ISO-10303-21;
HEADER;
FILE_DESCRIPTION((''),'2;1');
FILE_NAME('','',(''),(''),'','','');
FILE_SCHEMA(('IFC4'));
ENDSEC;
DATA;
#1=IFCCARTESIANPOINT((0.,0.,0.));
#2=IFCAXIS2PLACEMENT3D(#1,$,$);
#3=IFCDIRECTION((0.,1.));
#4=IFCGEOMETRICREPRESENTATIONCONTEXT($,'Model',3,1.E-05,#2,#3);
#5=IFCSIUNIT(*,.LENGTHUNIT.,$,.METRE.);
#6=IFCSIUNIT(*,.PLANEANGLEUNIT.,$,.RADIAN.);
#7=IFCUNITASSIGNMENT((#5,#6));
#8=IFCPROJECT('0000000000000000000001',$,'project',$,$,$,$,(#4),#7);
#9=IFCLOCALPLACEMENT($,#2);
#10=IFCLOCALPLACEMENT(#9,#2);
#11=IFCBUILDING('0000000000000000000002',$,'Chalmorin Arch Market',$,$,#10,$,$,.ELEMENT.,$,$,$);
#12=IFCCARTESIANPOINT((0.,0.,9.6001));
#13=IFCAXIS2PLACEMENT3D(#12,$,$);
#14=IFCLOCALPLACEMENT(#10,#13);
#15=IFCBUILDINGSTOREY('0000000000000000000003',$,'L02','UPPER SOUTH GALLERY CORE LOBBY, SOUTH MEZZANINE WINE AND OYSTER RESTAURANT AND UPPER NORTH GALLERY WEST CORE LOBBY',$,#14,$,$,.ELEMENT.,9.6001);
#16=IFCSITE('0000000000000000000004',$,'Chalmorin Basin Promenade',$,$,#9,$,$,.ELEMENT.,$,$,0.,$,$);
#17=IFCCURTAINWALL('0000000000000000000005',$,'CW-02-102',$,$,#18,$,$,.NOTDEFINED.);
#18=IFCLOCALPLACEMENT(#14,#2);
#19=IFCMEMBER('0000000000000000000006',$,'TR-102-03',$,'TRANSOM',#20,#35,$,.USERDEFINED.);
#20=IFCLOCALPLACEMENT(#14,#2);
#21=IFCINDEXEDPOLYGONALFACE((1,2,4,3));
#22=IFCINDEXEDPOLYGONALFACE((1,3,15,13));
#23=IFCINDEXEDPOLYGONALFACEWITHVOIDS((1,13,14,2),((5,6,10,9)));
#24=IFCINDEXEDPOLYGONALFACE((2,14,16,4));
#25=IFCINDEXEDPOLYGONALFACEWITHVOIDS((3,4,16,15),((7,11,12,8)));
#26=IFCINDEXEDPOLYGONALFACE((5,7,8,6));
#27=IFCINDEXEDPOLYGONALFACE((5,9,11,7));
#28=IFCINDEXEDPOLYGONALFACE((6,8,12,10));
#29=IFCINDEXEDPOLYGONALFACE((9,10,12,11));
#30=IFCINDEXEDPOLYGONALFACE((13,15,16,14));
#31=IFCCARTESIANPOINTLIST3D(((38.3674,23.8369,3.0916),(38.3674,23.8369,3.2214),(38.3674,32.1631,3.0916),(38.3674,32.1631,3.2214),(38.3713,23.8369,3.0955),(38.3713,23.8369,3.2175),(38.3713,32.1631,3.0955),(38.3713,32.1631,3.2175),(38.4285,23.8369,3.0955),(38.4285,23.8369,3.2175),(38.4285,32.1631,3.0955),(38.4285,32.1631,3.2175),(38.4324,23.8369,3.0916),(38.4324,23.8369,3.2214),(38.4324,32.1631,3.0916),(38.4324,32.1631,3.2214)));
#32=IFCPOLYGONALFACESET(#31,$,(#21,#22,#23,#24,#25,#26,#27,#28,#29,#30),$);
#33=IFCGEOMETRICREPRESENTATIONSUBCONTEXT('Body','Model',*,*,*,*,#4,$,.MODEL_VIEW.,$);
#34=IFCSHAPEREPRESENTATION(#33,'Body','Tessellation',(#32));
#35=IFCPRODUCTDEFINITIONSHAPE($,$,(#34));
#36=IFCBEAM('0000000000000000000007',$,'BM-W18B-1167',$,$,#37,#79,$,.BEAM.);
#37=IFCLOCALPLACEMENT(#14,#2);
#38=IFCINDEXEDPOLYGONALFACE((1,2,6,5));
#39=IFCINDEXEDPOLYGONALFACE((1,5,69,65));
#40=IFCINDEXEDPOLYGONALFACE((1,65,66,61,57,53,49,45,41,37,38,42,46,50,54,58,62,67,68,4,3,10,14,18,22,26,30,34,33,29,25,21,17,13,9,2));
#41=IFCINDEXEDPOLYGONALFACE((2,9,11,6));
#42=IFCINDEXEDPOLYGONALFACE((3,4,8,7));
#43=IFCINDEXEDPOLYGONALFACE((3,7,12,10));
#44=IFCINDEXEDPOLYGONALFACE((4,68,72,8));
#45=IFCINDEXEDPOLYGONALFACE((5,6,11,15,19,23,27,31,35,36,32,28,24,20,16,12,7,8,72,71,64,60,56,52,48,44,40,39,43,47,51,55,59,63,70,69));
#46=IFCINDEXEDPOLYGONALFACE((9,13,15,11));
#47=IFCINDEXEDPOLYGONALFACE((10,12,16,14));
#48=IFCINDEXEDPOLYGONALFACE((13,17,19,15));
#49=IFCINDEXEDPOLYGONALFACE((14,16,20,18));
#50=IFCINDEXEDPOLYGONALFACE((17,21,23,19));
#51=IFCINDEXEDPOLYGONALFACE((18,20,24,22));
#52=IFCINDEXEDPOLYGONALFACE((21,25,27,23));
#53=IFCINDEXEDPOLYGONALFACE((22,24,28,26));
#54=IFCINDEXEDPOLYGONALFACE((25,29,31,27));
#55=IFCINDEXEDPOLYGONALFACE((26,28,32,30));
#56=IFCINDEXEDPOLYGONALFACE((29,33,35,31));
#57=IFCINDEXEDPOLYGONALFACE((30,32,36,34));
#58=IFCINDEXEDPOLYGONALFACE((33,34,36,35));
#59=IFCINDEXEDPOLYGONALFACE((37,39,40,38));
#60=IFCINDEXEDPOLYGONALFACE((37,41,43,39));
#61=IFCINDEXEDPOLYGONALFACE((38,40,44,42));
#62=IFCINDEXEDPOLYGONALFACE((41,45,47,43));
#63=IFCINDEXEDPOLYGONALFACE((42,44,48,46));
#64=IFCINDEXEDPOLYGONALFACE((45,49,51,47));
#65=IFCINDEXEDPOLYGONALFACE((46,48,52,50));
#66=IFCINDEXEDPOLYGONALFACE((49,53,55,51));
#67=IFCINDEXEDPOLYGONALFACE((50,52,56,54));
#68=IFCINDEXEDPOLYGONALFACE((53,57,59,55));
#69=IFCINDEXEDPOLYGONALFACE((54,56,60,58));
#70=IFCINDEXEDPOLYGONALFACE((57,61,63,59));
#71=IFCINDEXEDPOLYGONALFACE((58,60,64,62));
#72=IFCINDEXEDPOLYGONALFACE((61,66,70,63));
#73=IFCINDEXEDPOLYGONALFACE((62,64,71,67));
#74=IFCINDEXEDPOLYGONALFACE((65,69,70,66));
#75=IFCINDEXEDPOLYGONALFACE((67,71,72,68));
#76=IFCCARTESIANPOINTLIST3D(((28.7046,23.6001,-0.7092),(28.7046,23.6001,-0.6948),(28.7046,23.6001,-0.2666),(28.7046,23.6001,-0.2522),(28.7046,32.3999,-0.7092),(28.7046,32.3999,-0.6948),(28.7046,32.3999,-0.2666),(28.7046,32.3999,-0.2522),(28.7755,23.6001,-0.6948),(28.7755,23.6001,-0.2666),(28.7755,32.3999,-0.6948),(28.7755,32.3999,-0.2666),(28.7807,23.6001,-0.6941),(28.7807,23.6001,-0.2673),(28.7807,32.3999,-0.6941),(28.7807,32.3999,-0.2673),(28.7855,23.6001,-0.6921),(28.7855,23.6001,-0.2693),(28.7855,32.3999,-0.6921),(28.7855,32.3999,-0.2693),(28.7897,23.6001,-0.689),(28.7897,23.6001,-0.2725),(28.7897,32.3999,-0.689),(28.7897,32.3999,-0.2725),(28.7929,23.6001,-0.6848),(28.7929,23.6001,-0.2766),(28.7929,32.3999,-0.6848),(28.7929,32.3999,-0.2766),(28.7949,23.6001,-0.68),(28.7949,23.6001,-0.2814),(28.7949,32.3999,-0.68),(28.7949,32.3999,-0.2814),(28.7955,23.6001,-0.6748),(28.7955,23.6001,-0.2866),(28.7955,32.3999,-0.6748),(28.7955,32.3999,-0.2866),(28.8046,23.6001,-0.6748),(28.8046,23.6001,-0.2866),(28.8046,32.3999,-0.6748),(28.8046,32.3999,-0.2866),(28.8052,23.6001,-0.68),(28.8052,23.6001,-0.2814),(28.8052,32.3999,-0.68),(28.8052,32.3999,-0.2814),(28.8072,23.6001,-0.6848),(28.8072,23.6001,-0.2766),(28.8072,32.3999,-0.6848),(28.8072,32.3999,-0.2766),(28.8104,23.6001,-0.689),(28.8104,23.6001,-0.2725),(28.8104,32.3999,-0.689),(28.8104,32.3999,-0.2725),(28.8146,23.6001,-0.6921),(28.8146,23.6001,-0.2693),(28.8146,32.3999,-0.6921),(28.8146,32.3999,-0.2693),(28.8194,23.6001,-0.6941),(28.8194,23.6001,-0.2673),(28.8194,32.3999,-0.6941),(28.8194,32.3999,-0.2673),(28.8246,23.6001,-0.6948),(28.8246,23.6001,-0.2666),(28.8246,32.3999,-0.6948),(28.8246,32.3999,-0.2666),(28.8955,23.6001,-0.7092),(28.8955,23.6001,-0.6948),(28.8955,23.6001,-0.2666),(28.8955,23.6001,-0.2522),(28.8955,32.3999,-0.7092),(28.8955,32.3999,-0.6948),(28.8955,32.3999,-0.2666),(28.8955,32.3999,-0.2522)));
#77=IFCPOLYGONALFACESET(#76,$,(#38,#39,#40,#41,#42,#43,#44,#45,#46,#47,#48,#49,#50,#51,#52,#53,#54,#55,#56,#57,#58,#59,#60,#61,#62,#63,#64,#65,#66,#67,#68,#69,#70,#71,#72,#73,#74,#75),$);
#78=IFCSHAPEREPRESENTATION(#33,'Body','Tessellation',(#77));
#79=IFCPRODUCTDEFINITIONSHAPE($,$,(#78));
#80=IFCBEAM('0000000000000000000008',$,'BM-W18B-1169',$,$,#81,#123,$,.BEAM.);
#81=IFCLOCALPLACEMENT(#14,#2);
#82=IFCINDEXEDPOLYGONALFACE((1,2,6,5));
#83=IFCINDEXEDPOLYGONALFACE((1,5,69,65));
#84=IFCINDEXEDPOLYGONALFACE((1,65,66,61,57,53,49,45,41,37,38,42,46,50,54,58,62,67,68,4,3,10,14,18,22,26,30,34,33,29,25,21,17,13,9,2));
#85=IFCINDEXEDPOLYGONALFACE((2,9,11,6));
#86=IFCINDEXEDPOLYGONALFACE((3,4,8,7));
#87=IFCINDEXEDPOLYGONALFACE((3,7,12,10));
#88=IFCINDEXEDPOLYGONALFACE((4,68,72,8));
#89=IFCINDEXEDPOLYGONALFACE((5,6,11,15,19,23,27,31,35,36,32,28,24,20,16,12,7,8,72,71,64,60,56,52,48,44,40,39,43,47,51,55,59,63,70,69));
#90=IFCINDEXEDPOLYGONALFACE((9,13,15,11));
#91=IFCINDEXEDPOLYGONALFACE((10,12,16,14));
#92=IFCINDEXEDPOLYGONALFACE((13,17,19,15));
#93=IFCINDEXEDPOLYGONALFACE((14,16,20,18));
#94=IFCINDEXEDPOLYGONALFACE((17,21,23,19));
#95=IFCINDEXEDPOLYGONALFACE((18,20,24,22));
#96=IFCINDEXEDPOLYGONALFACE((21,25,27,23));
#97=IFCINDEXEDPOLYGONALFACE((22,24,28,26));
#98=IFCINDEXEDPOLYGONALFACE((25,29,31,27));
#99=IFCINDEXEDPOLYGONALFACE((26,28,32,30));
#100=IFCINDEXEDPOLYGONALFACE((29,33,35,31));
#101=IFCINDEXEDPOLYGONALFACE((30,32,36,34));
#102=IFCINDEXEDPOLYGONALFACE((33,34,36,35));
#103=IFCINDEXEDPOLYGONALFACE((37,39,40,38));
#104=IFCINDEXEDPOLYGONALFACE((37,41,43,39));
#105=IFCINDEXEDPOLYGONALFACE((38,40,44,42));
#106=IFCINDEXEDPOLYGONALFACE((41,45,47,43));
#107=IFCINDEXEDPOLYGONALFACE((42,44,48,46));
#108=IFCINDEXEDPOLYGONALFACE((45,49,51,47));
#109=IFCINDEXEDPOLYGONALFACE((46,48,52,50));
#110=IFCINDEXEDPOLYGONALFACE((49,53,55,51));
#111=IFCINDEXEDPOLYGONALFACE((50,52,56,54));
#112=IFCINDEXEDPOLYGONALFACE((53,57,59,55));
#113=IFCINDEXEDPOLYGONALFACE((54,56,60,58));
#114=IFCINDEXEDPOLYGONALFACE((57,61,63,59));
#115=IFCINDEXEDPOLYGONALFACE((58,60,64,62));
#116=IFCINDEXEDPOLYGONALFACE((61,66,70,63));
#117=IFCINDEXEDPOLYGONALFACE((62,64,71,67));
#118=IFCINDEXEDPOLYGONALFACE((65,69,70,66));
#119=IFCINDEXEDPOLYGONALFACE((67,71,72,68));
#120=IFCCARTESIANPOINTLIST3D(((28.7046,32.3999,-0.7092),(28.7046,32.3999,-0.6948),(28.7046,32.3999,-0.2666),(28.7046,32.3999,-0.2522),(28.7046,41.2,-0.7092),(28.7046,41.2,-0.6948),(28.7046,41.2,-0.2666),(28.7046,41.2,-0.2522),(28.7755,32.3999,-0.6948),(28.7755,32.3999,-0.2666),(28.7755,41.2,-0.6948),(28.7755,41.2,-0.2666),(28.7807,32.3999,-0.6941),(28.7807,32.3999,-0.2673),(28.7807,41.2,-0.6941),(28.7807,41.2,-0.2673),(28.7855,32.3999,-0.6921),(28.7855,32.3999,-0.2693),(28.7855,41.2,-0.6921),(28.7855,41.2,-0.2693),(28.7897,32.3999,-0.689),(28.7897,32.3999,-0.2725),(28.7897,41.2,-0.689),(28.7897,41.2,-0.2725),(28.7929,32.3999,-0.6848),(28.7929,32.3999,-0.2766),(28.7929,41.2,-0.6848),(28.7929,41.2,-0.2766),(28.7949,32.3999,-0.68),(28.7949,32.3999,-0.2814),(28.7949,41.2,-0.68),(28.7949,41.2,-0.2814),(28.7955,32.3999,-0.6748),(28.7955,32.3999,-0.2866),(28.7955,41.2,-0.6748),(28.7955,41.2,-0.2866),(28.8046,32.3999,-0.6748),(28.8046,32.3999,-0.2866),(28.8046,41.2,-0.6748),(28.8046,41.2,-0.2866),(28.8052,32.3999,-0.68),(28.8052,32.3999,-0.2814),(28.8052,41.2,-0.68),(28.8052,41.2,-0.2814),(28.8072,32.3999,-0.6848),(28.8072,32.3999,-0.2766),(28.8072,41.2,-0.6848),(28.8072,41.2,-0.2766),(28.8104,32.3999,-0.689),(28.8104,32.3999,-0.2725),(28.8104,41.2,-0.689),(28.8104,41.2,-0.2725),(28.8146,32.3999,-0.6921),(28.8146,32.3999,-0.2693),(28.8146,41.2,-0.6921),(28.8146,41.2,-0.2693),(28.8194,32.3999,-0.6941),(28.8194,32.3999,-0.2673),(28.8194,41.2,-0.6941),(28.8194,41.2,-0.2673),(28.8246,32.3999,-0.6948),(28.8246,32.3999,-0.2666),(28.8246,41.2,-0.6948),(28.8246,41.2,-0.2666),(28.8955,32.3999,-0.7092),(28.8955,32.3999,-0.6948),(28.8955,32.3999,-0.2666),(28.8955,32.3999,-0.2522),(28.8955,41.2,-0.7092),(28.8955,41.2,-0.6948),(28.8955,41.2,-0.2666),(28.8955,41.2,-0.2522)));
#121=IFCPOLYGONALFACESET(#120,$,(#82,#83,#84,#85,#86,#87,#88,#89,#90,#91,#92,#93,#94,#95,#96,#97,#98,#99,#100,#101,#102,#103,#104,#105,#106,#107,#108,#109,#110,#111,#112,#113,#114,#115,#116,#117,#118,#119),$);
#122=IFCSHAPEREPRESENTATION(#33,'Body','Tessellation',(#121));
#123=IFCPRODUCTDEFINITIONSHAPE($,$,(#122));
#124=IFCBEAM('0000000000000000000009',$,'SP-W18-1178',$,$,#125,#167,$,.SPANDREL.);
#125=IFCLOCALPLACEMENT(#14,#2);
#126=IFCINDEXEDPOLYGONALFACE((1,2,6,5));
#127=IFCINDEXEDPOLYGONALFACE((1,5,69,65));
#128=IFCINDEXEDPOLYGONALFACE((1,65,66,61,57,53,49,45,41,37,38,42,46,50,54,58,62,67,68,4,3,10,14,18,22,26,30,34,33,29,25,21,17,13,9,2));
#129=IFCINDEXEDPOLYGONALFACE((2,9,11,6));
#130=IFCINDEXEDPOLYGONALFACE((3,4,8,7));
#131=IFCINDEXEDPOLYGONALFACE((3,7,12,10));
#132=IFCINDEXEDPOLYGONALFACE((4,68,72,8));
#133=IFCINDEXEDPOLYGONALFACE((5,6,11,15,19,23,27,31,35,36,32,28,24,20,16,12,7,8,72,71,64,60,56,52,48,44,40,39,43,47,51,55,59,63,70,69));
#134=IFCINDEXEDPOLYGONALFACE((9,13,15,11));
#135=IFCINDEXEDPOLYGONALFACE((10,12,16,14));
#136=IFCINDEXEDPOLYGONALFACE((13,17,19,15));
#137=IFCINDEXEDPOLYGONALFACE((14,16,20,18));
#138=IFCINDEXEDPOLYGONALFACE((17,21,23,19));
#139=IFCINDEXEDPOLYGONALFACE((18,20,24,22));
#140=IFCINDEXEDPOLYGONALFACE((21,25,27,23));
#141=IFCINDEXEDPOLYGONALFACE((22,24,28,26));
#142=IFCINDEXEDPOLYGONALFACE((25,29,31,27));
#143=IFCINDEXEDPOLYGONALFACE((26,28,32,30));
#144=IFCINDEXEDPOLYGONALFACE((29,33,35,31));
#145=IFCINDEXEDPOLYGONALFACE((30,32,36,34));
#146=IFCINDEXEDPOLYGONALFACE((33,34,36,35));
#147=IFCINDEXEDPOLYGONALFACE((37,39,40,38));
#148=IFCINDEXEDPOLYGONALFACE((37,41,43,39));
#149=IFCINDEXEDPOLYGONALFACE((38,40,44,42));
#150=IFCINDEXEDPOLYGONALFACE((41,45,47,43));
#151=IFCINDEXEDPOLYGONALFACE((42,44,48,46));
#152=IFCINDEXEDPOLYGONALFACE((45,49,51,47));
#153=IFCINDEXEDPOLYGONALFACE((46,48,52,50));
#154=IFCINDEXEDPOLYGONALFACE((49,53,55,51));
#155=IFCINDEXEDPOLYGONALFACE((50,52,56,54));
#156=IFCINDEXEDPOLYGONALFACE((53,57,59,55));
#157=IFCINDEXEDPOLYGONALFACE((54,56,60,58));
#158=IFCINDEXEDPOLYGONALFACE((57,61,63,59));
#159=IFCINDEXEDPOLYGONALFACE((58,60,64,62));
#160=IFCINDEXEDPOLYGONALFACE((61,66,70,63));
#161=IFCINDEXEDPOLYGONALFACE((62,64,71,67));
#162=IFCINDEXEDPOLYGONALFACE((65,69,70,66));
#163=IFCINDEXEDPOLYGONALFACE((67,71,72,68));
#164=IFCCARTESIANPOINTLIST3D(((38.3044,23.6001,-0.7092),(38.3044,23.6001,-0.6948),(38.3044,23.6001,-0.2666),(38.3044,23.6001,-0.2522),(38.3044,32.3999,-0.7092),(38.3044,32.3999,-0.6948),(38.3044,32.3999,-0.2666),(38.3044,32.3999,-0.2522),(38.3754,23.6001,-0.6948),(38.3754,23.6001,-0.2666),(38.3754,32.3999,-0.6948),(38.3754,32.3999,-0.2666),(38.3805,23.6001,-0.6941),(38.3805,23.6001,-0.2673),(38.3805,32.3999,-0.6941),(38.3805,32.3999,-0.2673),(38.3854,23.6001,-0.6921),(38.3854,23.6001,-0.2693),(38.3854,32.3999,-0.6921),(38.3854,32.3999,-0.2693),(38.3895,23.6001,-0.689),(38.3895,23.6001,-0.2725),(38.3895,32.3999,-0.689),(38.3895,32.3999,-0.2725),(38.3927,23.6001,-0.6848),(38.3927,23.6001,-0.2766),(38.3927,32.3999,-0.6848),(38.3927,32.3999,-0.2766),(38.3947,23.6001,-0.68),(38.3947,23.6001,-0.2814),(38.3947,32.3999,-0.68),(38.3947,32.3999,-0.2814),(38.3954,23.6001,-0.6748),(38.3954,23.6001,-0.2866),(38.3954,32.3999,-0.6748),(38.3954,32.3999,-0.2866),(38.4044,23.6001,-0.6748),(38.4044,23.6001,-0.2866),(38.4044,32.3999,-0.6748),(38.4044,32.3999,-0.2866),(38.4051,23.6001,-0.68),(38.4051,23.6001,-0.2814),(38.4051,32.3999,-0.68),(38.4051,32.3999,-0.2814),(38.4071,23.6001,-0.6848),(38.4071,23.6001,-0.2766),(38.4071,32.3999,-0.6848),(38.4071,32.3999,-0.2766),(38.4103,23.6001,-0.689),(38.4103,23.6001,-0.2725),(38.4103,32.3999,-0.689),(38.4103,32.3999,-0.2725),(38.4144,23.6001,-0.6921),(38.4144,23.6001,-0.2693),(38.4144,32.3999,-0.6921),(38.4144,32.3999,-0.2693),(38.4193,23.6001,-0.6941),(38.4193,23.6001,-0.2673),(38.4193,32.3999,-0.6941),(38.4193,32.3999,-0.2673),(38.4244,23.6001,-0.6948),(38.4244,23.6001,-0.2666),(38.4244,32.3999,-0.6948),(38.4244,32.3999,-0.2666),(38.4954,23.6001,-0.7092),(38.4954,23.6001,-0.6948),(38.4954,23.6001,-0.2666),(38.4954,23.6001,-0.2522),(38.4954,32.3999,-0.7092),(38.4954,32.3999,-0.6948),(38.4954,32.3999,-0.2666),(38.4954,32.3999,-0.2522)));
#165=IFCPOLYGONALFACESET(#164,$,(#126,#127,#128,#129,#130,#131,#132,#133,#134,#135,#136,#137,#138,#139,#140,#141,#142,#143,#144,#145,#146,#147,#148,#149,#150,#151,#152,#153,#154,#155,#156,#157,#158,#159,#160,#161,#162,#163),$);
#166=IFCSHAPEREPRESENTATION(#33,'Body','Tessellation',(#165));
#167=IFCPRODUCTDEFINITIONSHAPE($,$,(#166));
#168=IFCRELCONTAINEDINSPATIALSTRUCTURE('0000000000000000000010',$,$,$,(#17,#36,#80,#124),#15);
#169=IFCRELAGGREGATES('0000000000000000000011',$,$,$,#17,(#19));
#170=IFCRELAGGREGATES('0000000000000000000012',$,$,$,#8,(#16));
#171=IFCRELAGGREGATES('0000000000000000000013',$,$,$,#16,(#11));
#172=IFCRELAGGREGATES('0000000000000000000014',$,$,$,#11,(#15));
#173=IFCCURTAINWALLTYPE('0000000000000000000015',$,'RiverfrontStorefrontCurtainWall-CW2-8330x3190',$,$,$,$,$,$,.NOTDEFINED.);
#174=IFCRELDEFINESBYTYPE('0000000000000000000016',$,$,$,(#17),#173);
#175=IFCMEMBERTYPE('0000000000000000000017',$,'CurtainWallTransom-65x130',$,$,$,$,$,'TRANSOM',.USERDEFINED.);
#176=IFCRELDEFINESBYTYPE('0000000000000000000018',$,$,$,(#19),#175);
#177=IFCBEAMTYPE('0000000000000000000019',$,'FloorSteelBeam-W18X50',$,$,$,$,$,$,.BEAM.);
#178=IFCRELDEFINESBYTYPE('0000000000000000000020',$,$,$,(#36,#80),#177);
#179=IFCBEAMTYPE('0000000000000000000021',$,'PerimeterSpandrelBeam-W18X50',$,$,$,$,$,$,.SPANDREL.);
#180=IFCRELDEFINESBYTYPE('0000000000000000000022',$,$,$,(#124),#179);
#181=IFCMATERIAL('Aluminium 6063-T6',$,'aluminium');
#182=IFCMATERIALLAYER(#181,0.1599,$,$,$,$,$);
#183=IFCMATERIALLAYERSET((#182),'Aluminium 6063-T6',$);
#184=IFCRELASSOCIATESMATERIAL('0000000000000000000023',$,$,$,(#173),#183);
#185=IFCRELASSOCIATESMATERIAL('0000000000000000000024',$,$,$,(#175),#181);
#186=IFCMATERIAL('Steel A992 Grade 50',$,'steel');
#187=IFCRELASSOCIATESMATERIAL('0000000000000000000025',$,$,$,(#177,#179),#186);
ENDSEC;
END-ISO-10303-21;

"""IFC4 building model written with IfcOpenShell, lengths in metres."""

from ifc_helpers import new_model, si_unit, direction, frame, origin, origin_2d, place, context, subcontext, project, spatial, hollow_rectangle, i_section, extrude, material, layer, layer_set, material_profile, profile_set, type_object, element, aggregate, save


model = new_model("IFC4")

# Units and contexts
model_context = context("Model", 3, precision=1e-05, world=origin(), true_north=direction((0.0, 1.0)))
body_context = subcontext(model_context, "Body", "Model", "MODEL_VIEW")
ifc_project = project(units=[si_unit("LENGTHUNIT", "METRE"), si_unit("PLANEANGLEUNIT", "RADIAN")], contexts=[model_context])

# Site, building, storey
site_placement = place(None, origin())
site = spatial("IfcSite", under=ifc_project, at=site_placement, Name="Chalmorin Basin Promenade", CompositionType="ELEMENT", RefElevation=0.0)
building_placement = place(site_placement, origin())
building = spatial("IfcBuilding", under=site, at=building_placement, Name="Chalmorin Arch Market", CompositionType="ELEMENT")
storey_placement = place(building_placement, frame((0.0, 0.0, 9.6001)))
storey = spatial("IfcBuildingStorey", under=building, at=storey_placement, Name="L02", Description="UPPER SOUTH GALLERY CORE LOBBY, SOUTH MEZZANINE WINE AND OYSTER RESTAURANT AND UPPER NORTH GALLERY WEST CORE LOBBY", CompositionType="ELEMENT", Elevation=9.6001)

# Shared definitions
ifc_material_1 = material(Name="Steel A992 Grade 50", Category="steel")

# Curtain wall, member
ifc_material_2 = material(Name="Aluminium 6063-T6", Category="aluminium")
ifc_layer_1 = layer(ifc_material_2, 0.1599)
ifc_layer_set_1 = layer_set([ifc_layer_1], Name="Aluminium 6063-T6")
curtain_wall_type = type_object("IfcCurtainWallType", Name="RiverfrontStorefrontCurtainWall-CW2-8330x3190", PredefinedType="NOTDEFINED", material=ifc_layer_set_1)
curtain_wall_placement = place(storey_placement, origin())
curtain_wall = element("IfcCurtainWall", 1, at=curtain_wall_placement, inside=storey, type_object=curtain_wall_type, Name="CW-02-102", PredefinedType="NOTDEFINED")
ifc_material_profile_1 = material_profile(ifc_material_2, hollow_rectangle(XDim=0.0649, YDim=0.1299, WallThickness=0.0039, at=origin_2d()), Name="ALU65X130X4")
ifc_profile_set_1 = profile_set([ifc_material_profile_1], Name="Aluminium 6063-T6")
member_type_1 = type_object("IfcMemberType", Name="CurtainWallTransom-65x130", ElementType="TRANSOM", PredefinedType="USERDEFINED", material=ifc_profile_set_1)
member_1_placement = place(storey_placement, frame((38.3999, 23.8369, 3.1565), z_axis=(0.0, 1.0, 0.0), x_axis=(-1.0, 0.0, 0.0)))
member_1 = element("IfcMember", 2, at=member_1_placement, type_object=member_type_1, Name="TR-102-03", ObjectType="TRANSOM", PredefinedType="USERDEFINED", context=body_context, shape_type="SweptSolid", body=[
    extrude(hollow_rectangle(XDim=0.0649, YDim=0.1299, WallThickness=0.0039, at=origin_2d()), origin(), (0.0, 0.0, 1.0), 8.3262),
])

# Beams
ifc_material_profile_2 = material_profile(ifc_material_1, i_section(OverallWidth=0.1909, OverallDepth=0.457, WebThickness=0.009, FlangeThickness=0.0144, FilletRadius=0.02, at=origin_2d()), Name="W18X50")
ifc_profile_set_2 = profile_set([ifc_material_profile_2], Name="Steel A992 Grade 50")
beam_type_1 = type_object("IfcBeamType", Name="FloorSteelBeam-W18X50", PredefinedType="BEAM", material=ifc_profile_set_2)
beam_1_placement = place(storey_placement, frame((28.8, 23.6001, -0.4807), z_axis=(0.0, 1.0, 0.0), x_axis=(-1.0, 0.0, 0.0)))
element("IfcBeam", 3, at=beam_1_placement, inside=storey, type_object=beam_type_1, Name="BM-W18B-1167", PredefinedType="BEAM", context=body_context, shape_type="SweptSolid", body=[
    extrude(i_section(OverallWidth=0.1909, OverallDepth=0.457, WebThickness=0.009, FlangeThickness=0.0144, FilletRadius=0.02, at=origin_2d()), origin(), (0.0, 0.0, 1.0), 8.7998),
])
beam_2_placement = place(storey_placement, frame((28.8, 32.3999, -0.4807), z_axis=(0.0, 1.0, 0.0), x_axis=(-1.0, 0.0, 0.0)))
element("IfcBeam", 4, at=beam_2_placement, inside=storey, type_object=beam_type_1, Name="BM-W18B-1169", PredefinedType="BEAM", context=body_context, shape_type="SweptSolid", body=[
    extrude(i_section(OverallWidth=0.1909, OverallDepth=0.457, WebThickness=0.009, FlangeThickness=0.0144, FilletRadius=0.02, at=origin_2d()), origin(), (0.0, 0.0, 1.0), 8.8),
])
ifc_material_profile_3 = material_profile(ifc_material_1, i_section(OverallWidth=0.1909, OverallDepth=0.457, WebThickness=0.009, FlangeThickness=0.0144, FilletRadius=0.02, at=origin_2d()), Name="W18X50")
ifc_profile_set_3 = profile_set([ifc_material_profile_3], Name="Steel A992 Grade 50")
beam_type_2 = type_object("IfcBeamType", Name="PerimeterSpandrelBeam-W18X50", PredefinedType="SPANDREL", material=ifc_profile_set_3)
beam_3_placement = place(storey_placement, frame((38.3999, 23.6001, -0.4807), z_axis=(0.0, 1.0, 0.0), x_axis=(-1.0, 0.0, 0.0)))
element("IfcBeam", 5, at=beam_3_placement, inside=storey, type_object=beam_type_2, Name="SP-W18-1178", PredefinedType="SPANDREL", context=body_context, shape_type="SweptSolid", body=[
    extrude(i_section(OverallWidth=0.1909, OverallDepth=0.457, WebThickness=0.009, FlangeThickness=0.0144, FilletRadius=0.02, at=origin_2d()), origin(), (0.0, 0.0, 1.0), 8.7998),
])

aggregate(curtain_wall, [member_1])

save(model, "model.ifc")
